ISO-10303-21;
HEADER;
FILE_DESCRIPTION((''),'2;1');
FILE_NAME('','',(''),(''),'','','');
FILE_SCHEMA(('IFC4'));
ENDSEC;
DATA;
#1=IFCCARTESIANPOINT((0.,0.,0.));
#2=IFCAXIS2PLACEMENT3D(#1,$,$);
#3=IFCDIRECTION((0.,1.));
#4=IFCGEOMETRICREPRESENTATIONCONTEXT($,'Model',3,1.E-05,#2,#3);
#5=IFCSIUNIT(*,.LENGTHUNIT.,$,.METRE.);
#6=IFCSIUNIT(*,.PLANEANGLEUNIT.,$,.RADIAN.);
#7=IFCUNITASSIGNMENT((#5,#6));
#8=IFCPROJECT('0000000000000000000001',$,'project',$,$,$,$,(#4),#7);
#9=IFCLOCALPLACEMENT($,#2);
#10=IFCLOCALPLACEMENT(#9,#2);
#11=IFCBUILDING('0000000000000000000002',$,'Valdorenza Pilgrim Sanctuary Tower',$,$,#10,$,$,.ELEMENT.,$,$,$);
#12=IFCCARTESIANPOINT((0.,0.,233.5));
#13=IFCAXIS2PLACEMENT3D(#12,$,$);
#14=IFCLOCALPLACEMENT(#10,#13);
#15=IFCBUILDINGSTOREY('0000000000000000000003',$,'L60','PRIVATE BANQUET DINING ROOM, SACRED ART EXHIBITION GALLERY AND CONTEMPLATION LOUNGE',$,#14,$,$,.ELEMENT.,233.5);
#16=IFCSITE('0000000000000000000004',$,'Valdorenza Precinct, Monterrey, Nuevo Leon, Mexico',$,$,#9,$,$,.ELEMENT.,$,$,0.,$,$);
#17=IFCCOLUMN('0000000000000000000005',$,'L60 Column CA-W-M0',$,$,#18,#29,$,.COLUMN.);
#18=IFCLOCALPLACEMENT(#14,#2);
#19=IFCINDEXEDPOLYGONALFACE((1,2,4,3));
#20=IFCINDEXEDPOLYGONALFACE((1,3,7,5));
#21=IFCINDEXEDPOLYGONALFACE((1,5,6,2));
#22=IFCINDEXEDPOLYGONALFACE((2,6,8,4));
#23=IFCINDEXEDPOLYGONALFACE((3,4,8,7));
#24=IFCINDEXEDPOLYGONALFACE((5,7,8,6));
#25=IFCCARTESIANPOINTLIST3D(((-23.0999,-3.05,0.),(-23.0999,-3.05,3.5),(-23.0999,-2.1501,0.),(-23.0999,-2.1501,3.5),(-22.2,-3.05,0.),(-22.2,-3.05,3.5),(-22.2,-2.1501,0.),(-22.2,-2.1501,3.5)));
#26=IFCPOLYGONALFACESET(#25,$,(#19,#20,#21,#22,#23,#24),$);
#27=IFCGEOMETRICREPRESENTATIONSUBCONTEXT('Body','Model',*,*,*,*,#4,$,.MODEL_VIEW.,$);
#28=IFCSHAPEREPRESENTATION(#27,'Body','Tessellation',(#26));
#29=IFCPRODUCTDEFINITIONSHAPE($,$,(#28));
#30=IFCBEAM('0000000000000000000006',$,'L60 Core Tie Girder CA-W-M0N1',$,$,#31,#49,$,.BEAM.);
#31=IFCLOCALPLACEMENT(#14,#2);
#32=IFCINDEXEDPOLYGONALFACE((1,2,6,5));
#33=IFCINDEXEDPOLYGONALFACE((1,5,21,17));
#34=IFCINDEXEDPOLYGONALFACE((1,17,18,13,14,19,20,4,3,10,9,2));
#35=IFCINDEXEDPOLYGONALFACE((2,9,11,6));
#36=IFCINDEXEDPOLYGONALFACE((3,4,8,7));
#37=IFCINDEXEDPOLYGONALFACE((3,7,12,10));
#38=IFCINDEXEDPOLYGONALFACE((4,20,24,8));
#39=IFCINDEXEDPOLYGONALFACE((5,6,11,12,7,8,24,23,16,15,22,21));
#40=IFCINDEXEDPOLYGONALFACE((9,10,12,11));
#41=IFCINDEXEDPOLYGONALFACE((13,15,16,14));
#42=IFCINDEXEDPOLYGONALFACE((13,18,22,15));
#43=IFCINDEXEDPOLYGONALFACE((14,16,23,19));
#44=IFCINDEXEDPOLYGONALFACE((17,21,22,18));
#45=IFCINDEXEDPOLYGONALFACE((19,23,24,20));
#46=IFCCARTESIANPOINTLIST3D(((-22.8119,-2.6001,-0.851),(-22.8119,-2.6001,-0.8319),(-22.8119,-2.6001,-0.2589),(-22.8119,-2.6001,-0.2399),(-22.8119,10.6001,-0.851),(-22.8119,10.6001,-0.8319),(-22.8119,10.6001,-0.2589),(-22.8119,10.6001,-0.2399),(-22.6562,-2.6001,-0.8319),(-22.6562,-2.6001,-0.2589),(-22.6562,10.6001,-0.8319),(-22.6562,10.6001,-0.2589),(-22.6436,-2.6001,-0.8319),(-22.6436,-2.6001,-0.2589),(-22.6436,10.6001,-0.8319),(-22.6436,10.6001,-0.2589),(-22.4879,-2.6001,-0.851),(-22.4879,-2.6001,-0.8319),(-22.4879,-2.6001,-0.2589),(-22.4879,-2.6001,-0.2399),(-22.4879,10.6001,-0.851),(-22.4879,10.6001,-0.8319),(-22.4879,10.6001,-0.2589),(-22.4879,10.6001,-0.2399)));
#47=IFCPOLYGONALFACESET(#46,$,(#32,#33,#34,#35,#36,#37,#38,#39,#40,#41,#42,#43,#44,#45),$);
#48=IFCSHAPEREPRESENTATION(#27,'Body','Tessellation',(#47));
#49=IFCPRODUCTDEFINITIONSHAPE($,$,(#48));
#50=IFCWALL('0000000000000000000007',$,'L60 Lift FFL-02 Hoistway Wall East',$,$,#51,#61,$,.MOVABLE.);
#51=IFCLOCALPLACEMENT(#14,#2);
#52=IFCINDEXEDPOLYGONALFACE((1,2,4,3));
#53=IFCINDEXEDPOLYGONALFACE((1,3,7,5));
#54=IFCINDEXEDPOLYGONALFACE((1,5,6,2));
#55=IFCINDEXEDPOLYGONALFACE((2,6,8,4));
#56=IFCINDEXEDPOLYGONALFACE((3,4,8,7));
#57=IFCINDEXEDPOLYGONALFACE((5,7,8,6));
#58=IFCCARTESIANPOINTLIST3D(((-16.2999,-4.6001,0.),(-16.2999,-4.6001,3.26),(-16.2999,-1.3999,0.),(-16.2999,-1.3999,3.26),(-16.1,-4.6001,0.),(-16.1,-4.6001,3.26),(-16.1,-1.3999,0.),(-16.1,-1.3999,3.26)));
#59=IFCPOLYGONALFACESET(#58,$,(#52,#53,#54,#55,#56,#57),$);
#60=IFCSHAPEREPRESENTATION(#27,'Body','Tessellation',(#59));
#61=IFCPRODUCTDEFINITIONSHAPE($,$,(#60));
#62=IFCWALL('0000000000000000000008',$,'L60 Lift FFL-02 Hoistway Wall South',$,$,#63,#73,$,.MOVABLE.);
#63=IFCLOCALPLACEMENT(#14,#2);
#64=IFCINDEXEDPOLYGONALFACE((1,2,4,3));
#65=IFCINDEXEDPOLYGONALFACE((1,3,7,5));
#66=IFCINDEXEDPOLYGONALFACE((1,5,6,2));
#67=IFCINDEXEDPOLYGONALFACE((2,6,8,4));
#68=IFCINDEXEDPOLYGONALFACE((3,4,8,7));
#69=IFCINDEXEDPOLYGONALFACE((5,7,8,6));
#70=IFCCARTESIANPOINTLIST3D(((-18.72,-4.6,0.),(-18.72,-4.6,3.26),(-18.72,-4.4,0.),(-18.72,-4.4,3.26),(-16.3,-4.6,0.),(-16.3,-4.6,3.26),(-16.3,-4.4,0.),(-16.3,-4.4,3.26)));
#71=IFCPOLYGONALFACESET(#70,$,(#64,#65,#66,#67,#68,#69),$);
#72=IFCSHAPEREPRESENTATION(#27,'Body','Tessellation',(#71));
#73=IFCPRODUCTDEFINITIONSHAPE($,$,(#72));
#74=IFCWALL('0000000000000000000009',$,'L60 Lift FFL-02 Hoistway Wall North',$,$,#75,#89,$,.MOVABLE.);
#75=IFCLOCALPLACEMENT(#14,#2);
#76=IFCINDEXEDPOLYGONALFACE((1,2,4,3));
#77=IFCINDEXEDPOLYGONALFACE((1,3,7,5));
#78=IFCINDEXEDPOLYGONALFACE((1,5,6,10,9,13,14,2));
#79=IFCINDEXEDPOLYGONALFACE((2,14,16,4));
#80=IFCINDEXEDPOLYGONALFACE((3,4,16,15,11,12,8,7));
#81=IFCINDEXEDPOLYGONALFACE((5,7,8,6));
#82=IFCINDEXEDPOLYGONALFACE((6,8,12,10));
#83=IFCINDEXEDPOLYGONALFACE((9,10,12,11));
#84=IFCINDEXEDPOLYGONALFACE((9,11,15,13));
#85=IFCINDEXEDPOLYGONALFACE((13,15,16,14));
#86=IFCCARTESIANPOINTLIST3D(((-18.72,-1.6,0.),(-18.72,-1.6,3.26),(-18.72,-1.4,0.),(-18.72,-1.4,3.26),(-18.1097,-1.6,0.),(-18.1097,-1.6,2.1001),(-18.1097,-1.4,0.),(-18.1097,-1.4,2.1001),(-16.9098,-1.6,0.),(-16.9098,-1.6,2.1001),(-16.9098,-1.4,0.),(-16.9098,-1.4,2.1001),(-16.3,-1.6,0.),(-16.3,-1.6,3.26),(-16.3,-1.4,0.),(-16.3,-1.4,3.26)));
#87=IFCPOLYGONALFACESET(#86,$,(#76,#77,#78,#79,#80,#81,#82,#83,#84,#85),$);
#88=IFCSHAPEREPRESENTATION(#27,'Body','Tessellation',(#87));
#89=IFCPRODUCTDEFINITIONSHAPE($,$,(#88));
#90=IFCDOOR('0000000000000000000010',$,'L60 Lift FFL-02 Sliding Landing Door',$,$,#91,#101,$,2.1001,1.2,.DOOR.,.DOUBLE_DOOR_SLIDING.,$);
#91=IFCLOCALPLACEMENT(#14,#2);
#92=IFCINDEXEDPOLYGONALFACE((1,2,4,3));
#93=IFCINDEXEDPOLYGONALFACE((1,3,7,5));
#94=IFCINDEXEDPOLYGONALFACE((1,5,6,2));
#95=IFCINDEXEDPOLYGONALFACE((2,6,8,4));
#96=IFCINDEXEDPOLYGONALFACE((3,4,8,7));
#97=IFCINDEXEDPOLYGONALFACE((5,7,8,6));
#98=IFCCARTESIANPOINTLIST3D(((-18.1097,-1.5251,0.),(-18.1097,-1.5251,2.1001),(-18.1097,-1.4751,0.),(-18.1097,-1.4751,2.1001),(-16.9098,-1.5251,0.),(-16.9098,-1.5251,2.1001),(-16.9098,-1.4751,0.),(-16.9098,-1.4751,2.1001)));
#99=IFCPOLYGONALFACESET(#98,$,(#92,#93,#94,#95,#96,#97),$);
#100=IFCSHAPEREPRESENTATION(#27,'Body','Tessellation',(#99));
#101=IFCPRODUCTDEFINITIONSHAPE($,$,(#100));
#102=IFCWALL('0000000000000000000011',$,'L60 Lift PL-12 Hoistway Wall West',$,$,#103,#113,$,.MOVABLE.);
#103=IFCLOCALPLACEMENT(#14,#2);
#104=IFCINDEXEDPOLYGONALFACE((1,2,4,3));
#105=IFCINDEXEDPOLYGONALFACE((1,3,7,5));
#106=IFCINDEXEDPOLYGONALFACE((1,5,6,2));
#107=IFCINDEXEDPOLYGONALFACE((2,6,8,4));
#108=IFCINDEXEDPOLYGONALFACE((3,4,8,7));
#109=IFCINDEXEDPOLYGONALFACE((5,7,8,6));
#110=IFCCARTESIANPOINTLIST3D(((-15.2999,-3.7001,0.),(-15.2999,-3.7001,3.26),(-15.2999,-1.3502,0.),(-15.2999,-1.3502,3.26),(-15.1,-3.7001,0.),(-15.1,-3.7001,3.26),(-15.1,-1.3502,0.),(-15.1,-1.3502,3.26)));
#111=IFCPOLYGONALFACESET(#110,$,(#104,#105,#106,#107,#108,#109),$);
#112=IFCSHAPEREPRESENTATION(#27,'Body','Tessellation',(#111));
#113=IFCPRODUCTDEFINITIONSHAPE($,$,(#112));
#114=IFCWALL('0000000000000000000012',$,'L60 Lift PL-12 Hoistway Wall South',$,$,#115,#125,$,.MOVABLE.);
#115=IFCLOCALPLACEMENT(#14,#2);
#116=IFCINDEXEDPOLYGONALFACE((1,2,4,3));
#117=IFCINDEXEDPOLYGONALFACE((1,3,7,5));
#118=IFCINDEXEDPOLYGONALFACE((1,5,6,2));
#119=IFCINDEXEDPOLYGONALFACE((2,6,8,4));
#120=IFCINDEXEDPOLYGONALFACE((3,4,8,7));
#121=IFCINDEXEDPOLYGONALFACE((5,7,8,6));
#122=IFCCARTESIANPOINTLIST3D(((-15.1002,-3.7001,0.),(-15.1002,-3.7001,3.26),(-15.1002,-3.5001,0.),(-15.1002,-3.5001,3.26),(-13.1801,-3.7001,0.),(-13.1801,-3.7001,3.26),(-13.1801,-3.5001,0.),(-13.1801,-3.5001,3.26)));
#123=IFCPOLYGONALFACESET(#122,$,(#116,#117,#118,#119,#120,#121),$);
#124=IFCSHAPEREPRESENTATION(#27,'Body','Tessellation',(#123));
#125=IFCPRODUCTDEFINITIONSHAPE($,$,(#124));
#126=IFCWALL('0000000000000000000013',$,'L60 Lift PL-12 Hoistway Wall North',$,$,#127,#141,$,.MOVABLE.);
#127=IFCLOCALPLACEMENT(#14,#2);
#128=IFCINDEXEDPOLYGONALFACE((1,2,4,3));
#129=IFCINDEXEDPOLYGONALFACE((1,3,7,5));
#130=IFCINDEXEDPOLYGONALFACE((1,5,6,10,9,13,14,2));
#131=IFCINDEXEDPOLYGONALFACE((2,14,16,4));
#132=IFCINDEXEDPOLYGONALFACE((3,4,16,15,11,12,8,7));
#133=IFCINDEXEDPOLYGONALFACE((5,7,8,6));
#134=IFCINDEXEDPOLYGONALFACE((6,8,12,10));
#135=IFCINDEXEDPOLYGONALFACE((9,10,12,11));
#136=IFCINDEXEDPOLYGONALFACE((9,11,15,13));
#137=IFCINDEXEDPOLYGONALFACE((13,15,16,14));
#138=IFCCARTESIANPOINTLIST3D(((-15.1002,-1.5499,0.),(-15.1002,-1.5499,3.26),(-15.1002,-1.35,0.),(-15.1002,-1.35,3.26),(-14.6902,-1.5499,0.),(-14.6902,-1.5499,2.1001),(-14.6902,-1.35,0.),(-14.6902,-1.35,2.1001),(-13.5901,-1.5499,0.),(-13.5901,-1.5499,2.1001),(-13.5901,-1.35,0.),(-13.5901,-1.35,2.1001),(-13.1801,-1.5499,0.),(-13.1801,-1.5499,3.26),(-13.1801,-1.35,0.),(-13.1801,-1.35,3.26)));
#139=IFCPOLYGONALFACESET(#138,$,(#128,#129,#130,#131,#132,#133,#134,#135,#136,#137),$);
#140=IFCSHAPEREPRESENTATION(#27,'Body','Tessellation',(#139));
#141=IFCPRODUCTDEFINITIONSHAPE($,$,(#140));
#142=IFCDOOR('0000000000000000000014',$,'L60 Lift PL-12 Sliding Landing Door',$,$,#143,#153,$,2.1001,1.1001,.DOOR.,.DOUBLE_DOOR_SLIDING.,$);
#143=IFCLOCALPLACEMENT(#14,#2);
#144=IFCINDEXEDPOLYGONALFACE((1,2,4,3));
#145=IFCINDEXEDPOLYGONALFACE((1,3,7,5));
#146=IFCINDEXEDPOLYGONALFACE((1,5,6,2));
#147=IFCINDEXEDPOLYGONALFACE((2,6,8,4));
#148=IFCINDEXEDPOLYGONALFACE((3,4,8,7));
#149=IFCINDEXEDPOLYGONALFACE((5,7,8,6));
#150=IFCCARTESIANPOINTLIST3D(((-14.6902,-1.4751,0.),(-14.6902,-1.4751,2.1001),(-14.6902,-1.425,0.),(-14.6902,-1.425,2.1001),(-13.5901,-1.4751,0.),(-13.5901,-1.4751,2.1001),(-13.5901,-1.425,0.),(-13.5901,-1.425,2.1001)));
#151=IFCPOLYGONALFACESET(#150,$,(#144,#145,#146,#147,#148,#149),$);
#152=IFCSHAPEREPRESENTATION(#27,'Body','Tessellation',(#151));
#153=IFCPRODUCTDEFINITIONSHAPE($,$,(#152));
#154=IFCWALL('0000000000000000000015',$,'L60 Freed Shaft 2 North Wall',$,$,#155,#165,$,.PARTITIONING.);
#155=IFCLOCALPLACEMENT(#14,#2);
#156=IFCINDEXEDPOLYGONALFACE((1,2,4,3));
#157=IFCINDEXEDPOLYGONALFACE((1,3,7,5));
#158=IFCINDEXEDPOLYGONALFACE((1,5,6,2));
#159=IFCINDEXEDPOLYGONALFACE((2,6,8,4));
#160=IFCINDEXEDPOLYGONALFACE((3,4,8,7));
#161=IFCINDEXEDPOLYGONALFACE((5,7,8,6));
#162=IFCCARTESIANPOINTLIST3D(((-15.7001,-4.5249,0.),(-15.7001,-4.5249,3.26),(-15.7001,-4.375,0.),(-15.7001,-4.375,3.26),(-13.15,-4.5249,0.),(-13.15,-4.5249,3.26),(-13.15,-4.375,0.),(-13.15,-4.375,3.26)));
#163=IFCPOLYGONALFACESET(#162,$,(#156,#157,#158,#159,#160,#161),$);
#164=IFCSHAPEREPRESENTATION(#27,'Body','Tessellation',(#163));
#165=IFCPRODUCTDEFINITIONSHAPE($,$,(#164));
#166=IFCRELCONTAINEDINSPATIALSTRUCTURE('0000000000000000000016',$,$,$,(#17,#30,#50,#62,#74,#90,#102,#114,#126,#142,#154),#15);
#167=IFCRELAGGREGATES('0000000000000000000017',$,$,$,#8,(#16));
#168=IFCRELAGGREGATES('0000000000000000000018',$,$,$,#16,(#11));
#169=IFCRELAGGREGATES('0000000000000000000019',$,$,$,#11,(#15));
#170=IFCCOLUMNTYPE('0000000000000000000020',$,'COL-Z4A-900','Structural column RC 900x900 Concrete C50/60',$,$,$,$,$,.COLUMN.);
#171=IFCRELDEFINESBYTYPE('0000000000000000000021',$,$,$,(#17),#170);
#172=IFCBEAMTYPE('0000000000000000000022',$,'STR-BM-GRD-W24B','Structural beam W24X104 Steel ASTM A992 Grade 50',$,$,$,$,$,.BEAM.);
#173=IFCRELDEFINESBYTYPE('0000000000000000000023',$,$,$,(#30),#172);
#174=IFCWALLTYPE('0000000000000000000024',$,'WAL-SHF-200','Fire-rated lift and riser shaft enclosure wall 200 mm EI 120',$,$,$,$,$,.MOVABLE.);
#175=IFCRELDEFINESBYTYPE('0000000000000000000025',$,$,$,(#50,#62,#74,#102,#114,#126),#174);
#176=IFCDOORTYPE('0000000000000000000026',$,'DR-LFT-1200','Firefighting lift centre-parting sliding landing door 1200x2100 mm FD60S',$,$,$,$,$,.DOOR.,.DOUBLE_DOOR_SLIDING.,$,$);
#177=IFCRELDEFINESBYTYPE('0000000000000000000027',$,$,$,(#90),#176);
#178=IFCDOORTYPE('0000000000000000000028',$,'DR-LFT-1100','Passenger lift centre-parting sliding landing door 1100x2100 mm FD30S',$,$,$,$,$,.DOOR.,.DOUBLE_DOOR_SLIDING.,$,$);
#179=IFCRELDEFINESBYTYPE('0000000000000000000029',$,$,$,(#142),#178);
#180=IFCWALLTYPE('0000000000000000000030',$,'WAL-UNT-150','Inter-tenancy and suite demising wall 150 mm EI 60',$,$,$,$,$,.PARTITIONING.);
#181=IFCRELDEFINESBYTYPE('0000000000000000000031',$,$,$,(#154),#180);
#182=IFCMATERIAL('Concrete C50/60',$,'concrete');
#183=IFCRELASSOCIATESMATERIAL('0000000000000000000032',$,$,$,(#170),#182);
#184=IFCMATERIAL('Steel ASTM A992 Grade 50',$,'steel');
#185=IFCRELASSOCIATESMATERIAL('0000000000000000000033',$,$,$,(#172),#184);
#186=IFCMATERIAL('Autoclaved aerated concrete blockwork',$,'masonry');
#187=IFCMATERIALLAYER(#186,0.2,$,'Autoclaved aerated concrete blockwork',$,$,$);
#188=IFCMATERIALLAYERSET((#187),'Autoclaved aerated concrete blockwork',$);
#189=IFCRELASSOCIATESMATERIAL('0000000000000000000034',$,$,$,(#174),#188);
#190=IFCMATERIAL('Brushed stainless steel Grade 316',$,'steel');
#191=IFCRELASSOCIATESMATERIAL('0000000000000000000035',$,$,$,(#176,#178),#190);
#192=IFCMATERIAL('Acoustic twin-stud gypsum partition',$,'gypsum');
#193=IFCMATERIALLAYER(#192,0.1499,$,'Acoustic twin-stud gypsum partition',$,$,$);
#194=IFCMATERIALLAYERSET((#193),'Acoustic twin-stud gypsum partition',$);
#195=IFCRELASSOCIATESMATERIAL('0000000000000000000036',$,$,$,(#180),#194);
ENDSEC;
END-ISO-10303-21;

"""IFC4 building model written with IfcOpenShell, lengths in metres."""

from ifc_helpers import new_model, si_unit, direction, frame, frame_2d, origin, origin_2d, place, context, subcontext, project, spatial, rectangle, i_section, extrude, source, transform, mapped, material, layer, layer_set, material_profile, profile_set, type_object, element, fill, save


model = new_model("IFC4")

# Units and contexts
model_context = context("Model", 3, precision=1e-05, world=origin(), true_north=direction((0.0, 1.0)))
body_context = subcontext(model_context, "Body", "Model", "MODEL_VIEW")
ifc_project = project(units=[si_unit("LENGTHUNIT", "METRE"), si_unit("PLANEANGLEUNIT", "RADIAN")], contexts=[model_context])

# Site, building, storey
site_placement = place(None, origin())
site = spatial("IfcSite", under=ifc_project, at=site_placement, Name="Valdorenza Precinct, Monterrey, Nuevo Leon, Mexico", CompositionType="ELEMENT", RefElevation=0.0)
building_placement = place(site_placement, origin())
building = spatial("IfcBuilding", under=site, at=building_placement, Name="Valdorenza Pilgrim Sanctuary Tower", CompositionType="ELEMENT")
storey_placement = place(building_placement, frame((0.0, 0.0, 233.5)))
storey = spatial("IfcBuildingStorey", under=building, at=storey_placement, Name="L60", Description="PRIVATE BANQUET DINING ROOM, SACRED ART EXHIBITION GALLERY AND CONTEMPLATION LOUNGE", CompositionType="ELEMENT", Elevation=233.5)

# Column
ifc_material_1 = material(Name="Concrete C50/60", Category="concrete")
ifc_material_profile_1 = material_profile(ifc_material_1, rectangle(XDim=0.8999, YDim=0.8999, at=origin_2d()), Name="RC 900x900")
ifc_profile_set_1 = profile_set([ifc_material_profile_1], Name="Concrete C50/60")
column_type = type_object("IfcColumnType", Name="COL-Z4A-900", Description="Structural column RC 900x900 Concrete C50/60", PredefinedType="COLUMN", material=ifc_profile_set_1)
shared_shape_1 = source(origin(), body_context, "Body", "SweptSolid", [
    extrude(rectangle(XDim=0.8999, YDim=0.8999, at=origin_2d()), origin(), (0.0, 0.0, 1.0), 3.5),
])
column_placement = place(storey_placement, frame((-22.6499, -2.6001, 0.0), z_axis=(0.0, 0.0, 1.0), x_axis=(1.0, 0.0, 0.0)))
element("IfcColumn", 1, at=column_placement, inside=storey, type_object=column_type, Name="L60 Column CA-W-M0", PredefinedType="COLUMN", context=body_context, shape_type="MappedRepresentation", body=[
    mapped(shared_shape_1, transform((0.0, 0.0, 0.0), x_axis=(1.0, 0.0, 0.0), y_axis=(0.0, 1.0, 0.0), z_axis=(0.0, 0.0, 1.0), scale=1.0)),
])

# Beam
ifc_material_2 = material(Name="Steel ASTM A992 Grade 50", Category="steel")
ifc_material_profile_2 = material_profile(ifc_material_2, i_section(OverallWidth=0.324, OverallDepth=0.6111, WebThickness=0.0127, FlangeThickness=0.019, at=origin_2d()), Name="W24X104")
ifc_profile_set_2 = profile_set([ifc_material_profile_2], Name="Steel ASTM A992 Grade 50")
beam_type = type_object("IfcBeamType", Name="STR-BM-GRD-W24B", Description="Structural beam W24X104 Steel ASTM A992 Grade 50", PredefinedType="BEAM", material=ifc_profile_set_2)
shared_shape_2 = source(origin(), body_context, "Body", "SweptSolid", [
    extrude(i_section(OverallWidth=0.324, OverallDepth=0.6111, WebThickness=0.0127, FlangeThickness=0.019, at=origin_2d()), origin(), (0.0, 0.0, 1.0), 13.2002),
])
beam_placement = place(storey_placement, frame((-22.6499, -2.6001, -0.5454), z_axis=(0.0, 1.0, 0.0), x_axis=(-1.0, 0.0, 0.0)))
element("IfcBeam", 2, at=beam_placement, inside=storey, type_object=beam_type, Name="L60 Core Tie Girder CA-W-M0N1", PredefinedType="BEAM", context=body_context, shape_type="MappedRepresentation", body=[
    mapped(shared_shape_2, transform((0.0, 0.0, 0.0), x_axis=(1.0, 0.0, 0.0), y_axis=(0.0, 1.0, 0.0), z_axis=(0.0, 0.0, 1.0), scale=1.0)),
])

# Walls
ifc_material_3 = material(Name="Autoclaved aerated concrete blockwork", Category="masonry")
ifc_layer_1 = layer(ifc_material_3, 0.2, Name="Autoclaved aerated concrete blockwork")
ifc_layer_set_1 = layer_set([ifc_layer_1], Name="Autoclaved aerated concrete blockwork")
wall_type_1 = type_object("IfcWallType", Name="WAL-SHF-200", Description="Fire-rated lift and riser shaft enclosure wall 200 mm EI 120", PredefinedType="MOVABLE", material=ifc_layer_set_1)
wall_1_placement = place(storey_placement, frame((-16.2, -4.6001, 0.0), z_axis=(0.0, 0.0, 1.0), x_axis=(0.0, 1.0, 0.0)))
element("IfcWall", 3, at=wall_1_placement, inside=storey, type_object=wall_type_1, Name="L60 Lift FFL-02 Hoistway Wall East", PredefinedType="MOVABLE", context=body_context, shape_type="SweptSolid", body=[
    extrude(rectangle(XDim=3.2002, YDim=0.2, at=frame_2d((1.6001, 0.0))), origin(), (0.0, 0.0, 1.0), 3.26),
])
wall_2_placement = place(storey_placement, frame((-18.72, -4.5, 0.0), z_axis=(0.0, 0.0, 1.0), x_axis=(1.0, 0.0, 0.0)))
element("IfcWall", 4, at=wall_2_placement, inside=storey, type_object=wall_type_1, Name="L60 Lift FFL-02 Hoistway Wall South", PredefinedType="MOVABLE", context=body_context, shape_type="SweptSolid", body=[
    extrude(rectangle(XDim=2.4199, YDim=0.2, at=frame_2d((1.21, 0.0))), origin(), (0.0, 0.0, 1.0), 3.26),
])

# Wall, opening, door
wall_3_placement = place(storey_placement, frame((-18.72, -1.5, 0.0), z_axis=(0.0, 0.0, 1.0), x_axis=(1.0, 0.0, 0.0)))
wall_3 = element("IfcWall", 5, at=wall_3_placement, inside=storey, type_object=wall_type_1, Name="L60 Lift FFL-02 Hoistway Wall North", PredefinedType="MOVABLE", context=body_context, shape_type="SweptSolid", body=[
    extrude(rectangle(XDim=2.4199, YDim=0.2, at=frame_2d((1.21, 0.0))), origin(), (0.0, 0.0, 1.0), 3.26),
])
opening_1_placement = place(wall_3_placement, frame((0.6101, 0.0, 0.0)))
opening_1 = element("IfcOpeningElement", 6, at=opening_1_placement, cuts=wall_3, PredefinedType="OPENING", context=body_context, shape_type="SweptSolid", body=[
    extrude(rectangle(XDim=1.2, YDim=2.1001, at=frame_2d((0.6001, 1.05))), frame((0.0, 0.1147, 0.0), z_axis=(0.0, -1.0, 0.0), x_axis=(1.0, 0.0, 0.0)), (0.0, 0.0, 1.0), 0.2297),
])
ifc_material_4 = material(Name="Brushed stainless steel Grade 316", Category="steel")
door_type_1 = type_object("IfcDoorType", Name="DR-LFT-1200", Description="Firefighting lift centre-parting sliding landing door 1200x2100 mm FD60S", OperationType="DOUBLE_DOOR_SLIDING", PredefinedType="DOOR", material=ifc_material_4)
door_1_placement = place(opening_1_placement, origin())
door_1 = element("IfcDoor", 7, at=door_1_placement, inside=storey, type_object=door_type_1, Name="L60 Lift FFL-02 Sliding Landing Door", OperationType="DOUBLE_DOOR_SLIDING", OverallHeight=2.1001, OverallWidth=1.2, PredefinedType="DOOR", context=body_context, shape_type="SweptSolid", body=[
    extrude(rectangle(XDim=1.2, YDim=2.1001, at=frame_2d((0.6001, 1.05))), frame((0.0, 0.0249, 0.0), z_axis=(0.0, -1.0, 0.0), x_axis=(1.0, 0.0, 0.0)), (0.0, 0.0, 1.0), 0.05),
])
fill(opening_1, door_1)

# Walls
wall_4_placement = place(storey_placement, frame((-15.2, -3.7, 0.0), z_axis=(0.0, 0.0, 1.0), x_axis=(0.0, 1.0, 0.0)))
element("IfcWall", 8, at=wall_4_placement, inside=storey, type_object=wall_type_1, Name="L60 Lift PL-12 Hoistway Wall West", PredefinedType="MOVABLE", context=body_context, shape_type="SweptSolid", body=[
    extrude(rectangle(XDim=2.3499, YDim=0.2, at=frame_2d((1.1748, 0.0))), origin(), (0.0, 0.0, 1.0), 3.26),
])
wall_5_placement = place(storey_placement, frame((-15.1001, -3.6001, 0.0), z_axis=(0.0, 0.0, 1.0), x_axis=(1.0, 0.0, 0.0)))
element("IfcWall", 9, at=wall_5_placement, inside=storey, type_object=wall_type_1, Name="L60 Lift PL-12 Hoistway Wall South", PredefinedType="MOVABLE", context=body_context, shape_type="SweptSolid", body=[
    extrude(rectangle(XDim=1.9202, YDim=0.2, at=frame_2d((0.96, 0.0))), origin(), (0.0, 0.0, 1.0), 3.26),
])

# Wall, opening, door
wall_6_placement = place(storey_placement, frame((-15.1001, -1.45, 0.0), z_axis=(0.0, 0.0, 1.0), x_axis=(1.0, 0.0, 0.0)))
wall_6 = element("IfcWall", 10, at=wall_6_placement, inside=storey, type_object=wall_type_1, Name="L60 Lift PL-12 Hoistway Wall North", PredefinedType="MOVABLE", context=body_context, shape_type="SweptSolid", body=[
    extrude(rectangle(XDim=1.9202, YDim=0.2, at=frame_2d((0.96, 0.0))), origin(), (0.0, 0.0, 1.0), 3.26),
])
opening_2_placement = place(wall_6_placement, frame((0.4099, 0.0, 0.0)))
opening_2 = element("IfcOpeningElement", 11, at=opening_2_placement, cuts=wall_6, PredefinedType="OPENING", context=body_context, shape_type="SweptSolid", body=[
    extrude(rectangle(XDim=1.1001, YDim=2.1001, at=frame_2d((0.55, 1.05))), frame((0.0, 0.1147, 0.0), z_axis=(0.0, -1.0, 0.0), x_axis=(1.0, 0.0, 0.0)), (0.0, 0.0, 1.0), 0.2297),
])
door_type_2 = type_object("IfcDoorType", Name="DR-LFT-1100", Description="Passenger lift centre-parting sliding landing door 1100x2100 mm FD30S", OperationType="DOUBLE_DOOR_SLIDING", PredefinedType="DOOR", material=ifc_material_4)
door_2_placement = place(opening_2_placement, origin())
door_2 = element("IfcDoor", 12, at=door_2_placement, inside=storey, type_object=door_type_2, Name="L60 Lift PL-12 Sliding Landing Door", OperationType="DOUBLE_DOOR_SLIDING", OverallHeight=2.1001, OverallWidth=1.1001, PredefinedType="DOOR", context=body_context, shape_type="SweptSolid", body=[
    extrude(rectangle(XDim=1.1001, YDim=2.1001, at=frame_2d((0.55, 1.05))), frame((0.0, 0.0249, 0.0), z_axis=(0.0, -1.0, 0.0), x_axis=(1.0, 0.0, 0.0)), (0.0, 0.0, 1.0), 0.05),
])
fill(opening_2, door_2)

# Wall
ifc_material_5 = material(Name="Acoustic twin-stud gypsum partition", Category="gypsum")
ifc_layer_2 = layer(ifc_material_5, 0.1499, Name="Acoustic twin-stud gypsum partition")
ifc_layer_set_2 = layer_set([ifc_layer_2], Name="Acoustic twin-stud gypsum partition")
wall_type_2 = type_object("IfcWallType", Name="WAL-UNT-150", Description="Inter-tenancy and suite demising wall 150 mm EI 60", PredefinedType="PARTITIONING", material=ifc_layer_set_2)
wall_7_placement = place(storey_placement, frame((-15.7, -4.45, 0.0), z_axis=(0.0, 0.0, 1.0), x_axis=(1.0, 0.0, 0.0)))
element("IfcWall", 13, at=wall_7_placement, inside=storey, type_object=wall_type_2, Name="L60 Freed Shaft 2 North Wall", PredefinedType="PARTITIONING", context=body_context, shape_type="SweptSolid", body=[
    extrude(rectangle(XDim=2.55, YDim=0.1499, at=frame_2d((1.2749, 0.0))), origin(), (0.0, 0.0, 1.0), 3.26),
])

save(model, "model.ifc")
